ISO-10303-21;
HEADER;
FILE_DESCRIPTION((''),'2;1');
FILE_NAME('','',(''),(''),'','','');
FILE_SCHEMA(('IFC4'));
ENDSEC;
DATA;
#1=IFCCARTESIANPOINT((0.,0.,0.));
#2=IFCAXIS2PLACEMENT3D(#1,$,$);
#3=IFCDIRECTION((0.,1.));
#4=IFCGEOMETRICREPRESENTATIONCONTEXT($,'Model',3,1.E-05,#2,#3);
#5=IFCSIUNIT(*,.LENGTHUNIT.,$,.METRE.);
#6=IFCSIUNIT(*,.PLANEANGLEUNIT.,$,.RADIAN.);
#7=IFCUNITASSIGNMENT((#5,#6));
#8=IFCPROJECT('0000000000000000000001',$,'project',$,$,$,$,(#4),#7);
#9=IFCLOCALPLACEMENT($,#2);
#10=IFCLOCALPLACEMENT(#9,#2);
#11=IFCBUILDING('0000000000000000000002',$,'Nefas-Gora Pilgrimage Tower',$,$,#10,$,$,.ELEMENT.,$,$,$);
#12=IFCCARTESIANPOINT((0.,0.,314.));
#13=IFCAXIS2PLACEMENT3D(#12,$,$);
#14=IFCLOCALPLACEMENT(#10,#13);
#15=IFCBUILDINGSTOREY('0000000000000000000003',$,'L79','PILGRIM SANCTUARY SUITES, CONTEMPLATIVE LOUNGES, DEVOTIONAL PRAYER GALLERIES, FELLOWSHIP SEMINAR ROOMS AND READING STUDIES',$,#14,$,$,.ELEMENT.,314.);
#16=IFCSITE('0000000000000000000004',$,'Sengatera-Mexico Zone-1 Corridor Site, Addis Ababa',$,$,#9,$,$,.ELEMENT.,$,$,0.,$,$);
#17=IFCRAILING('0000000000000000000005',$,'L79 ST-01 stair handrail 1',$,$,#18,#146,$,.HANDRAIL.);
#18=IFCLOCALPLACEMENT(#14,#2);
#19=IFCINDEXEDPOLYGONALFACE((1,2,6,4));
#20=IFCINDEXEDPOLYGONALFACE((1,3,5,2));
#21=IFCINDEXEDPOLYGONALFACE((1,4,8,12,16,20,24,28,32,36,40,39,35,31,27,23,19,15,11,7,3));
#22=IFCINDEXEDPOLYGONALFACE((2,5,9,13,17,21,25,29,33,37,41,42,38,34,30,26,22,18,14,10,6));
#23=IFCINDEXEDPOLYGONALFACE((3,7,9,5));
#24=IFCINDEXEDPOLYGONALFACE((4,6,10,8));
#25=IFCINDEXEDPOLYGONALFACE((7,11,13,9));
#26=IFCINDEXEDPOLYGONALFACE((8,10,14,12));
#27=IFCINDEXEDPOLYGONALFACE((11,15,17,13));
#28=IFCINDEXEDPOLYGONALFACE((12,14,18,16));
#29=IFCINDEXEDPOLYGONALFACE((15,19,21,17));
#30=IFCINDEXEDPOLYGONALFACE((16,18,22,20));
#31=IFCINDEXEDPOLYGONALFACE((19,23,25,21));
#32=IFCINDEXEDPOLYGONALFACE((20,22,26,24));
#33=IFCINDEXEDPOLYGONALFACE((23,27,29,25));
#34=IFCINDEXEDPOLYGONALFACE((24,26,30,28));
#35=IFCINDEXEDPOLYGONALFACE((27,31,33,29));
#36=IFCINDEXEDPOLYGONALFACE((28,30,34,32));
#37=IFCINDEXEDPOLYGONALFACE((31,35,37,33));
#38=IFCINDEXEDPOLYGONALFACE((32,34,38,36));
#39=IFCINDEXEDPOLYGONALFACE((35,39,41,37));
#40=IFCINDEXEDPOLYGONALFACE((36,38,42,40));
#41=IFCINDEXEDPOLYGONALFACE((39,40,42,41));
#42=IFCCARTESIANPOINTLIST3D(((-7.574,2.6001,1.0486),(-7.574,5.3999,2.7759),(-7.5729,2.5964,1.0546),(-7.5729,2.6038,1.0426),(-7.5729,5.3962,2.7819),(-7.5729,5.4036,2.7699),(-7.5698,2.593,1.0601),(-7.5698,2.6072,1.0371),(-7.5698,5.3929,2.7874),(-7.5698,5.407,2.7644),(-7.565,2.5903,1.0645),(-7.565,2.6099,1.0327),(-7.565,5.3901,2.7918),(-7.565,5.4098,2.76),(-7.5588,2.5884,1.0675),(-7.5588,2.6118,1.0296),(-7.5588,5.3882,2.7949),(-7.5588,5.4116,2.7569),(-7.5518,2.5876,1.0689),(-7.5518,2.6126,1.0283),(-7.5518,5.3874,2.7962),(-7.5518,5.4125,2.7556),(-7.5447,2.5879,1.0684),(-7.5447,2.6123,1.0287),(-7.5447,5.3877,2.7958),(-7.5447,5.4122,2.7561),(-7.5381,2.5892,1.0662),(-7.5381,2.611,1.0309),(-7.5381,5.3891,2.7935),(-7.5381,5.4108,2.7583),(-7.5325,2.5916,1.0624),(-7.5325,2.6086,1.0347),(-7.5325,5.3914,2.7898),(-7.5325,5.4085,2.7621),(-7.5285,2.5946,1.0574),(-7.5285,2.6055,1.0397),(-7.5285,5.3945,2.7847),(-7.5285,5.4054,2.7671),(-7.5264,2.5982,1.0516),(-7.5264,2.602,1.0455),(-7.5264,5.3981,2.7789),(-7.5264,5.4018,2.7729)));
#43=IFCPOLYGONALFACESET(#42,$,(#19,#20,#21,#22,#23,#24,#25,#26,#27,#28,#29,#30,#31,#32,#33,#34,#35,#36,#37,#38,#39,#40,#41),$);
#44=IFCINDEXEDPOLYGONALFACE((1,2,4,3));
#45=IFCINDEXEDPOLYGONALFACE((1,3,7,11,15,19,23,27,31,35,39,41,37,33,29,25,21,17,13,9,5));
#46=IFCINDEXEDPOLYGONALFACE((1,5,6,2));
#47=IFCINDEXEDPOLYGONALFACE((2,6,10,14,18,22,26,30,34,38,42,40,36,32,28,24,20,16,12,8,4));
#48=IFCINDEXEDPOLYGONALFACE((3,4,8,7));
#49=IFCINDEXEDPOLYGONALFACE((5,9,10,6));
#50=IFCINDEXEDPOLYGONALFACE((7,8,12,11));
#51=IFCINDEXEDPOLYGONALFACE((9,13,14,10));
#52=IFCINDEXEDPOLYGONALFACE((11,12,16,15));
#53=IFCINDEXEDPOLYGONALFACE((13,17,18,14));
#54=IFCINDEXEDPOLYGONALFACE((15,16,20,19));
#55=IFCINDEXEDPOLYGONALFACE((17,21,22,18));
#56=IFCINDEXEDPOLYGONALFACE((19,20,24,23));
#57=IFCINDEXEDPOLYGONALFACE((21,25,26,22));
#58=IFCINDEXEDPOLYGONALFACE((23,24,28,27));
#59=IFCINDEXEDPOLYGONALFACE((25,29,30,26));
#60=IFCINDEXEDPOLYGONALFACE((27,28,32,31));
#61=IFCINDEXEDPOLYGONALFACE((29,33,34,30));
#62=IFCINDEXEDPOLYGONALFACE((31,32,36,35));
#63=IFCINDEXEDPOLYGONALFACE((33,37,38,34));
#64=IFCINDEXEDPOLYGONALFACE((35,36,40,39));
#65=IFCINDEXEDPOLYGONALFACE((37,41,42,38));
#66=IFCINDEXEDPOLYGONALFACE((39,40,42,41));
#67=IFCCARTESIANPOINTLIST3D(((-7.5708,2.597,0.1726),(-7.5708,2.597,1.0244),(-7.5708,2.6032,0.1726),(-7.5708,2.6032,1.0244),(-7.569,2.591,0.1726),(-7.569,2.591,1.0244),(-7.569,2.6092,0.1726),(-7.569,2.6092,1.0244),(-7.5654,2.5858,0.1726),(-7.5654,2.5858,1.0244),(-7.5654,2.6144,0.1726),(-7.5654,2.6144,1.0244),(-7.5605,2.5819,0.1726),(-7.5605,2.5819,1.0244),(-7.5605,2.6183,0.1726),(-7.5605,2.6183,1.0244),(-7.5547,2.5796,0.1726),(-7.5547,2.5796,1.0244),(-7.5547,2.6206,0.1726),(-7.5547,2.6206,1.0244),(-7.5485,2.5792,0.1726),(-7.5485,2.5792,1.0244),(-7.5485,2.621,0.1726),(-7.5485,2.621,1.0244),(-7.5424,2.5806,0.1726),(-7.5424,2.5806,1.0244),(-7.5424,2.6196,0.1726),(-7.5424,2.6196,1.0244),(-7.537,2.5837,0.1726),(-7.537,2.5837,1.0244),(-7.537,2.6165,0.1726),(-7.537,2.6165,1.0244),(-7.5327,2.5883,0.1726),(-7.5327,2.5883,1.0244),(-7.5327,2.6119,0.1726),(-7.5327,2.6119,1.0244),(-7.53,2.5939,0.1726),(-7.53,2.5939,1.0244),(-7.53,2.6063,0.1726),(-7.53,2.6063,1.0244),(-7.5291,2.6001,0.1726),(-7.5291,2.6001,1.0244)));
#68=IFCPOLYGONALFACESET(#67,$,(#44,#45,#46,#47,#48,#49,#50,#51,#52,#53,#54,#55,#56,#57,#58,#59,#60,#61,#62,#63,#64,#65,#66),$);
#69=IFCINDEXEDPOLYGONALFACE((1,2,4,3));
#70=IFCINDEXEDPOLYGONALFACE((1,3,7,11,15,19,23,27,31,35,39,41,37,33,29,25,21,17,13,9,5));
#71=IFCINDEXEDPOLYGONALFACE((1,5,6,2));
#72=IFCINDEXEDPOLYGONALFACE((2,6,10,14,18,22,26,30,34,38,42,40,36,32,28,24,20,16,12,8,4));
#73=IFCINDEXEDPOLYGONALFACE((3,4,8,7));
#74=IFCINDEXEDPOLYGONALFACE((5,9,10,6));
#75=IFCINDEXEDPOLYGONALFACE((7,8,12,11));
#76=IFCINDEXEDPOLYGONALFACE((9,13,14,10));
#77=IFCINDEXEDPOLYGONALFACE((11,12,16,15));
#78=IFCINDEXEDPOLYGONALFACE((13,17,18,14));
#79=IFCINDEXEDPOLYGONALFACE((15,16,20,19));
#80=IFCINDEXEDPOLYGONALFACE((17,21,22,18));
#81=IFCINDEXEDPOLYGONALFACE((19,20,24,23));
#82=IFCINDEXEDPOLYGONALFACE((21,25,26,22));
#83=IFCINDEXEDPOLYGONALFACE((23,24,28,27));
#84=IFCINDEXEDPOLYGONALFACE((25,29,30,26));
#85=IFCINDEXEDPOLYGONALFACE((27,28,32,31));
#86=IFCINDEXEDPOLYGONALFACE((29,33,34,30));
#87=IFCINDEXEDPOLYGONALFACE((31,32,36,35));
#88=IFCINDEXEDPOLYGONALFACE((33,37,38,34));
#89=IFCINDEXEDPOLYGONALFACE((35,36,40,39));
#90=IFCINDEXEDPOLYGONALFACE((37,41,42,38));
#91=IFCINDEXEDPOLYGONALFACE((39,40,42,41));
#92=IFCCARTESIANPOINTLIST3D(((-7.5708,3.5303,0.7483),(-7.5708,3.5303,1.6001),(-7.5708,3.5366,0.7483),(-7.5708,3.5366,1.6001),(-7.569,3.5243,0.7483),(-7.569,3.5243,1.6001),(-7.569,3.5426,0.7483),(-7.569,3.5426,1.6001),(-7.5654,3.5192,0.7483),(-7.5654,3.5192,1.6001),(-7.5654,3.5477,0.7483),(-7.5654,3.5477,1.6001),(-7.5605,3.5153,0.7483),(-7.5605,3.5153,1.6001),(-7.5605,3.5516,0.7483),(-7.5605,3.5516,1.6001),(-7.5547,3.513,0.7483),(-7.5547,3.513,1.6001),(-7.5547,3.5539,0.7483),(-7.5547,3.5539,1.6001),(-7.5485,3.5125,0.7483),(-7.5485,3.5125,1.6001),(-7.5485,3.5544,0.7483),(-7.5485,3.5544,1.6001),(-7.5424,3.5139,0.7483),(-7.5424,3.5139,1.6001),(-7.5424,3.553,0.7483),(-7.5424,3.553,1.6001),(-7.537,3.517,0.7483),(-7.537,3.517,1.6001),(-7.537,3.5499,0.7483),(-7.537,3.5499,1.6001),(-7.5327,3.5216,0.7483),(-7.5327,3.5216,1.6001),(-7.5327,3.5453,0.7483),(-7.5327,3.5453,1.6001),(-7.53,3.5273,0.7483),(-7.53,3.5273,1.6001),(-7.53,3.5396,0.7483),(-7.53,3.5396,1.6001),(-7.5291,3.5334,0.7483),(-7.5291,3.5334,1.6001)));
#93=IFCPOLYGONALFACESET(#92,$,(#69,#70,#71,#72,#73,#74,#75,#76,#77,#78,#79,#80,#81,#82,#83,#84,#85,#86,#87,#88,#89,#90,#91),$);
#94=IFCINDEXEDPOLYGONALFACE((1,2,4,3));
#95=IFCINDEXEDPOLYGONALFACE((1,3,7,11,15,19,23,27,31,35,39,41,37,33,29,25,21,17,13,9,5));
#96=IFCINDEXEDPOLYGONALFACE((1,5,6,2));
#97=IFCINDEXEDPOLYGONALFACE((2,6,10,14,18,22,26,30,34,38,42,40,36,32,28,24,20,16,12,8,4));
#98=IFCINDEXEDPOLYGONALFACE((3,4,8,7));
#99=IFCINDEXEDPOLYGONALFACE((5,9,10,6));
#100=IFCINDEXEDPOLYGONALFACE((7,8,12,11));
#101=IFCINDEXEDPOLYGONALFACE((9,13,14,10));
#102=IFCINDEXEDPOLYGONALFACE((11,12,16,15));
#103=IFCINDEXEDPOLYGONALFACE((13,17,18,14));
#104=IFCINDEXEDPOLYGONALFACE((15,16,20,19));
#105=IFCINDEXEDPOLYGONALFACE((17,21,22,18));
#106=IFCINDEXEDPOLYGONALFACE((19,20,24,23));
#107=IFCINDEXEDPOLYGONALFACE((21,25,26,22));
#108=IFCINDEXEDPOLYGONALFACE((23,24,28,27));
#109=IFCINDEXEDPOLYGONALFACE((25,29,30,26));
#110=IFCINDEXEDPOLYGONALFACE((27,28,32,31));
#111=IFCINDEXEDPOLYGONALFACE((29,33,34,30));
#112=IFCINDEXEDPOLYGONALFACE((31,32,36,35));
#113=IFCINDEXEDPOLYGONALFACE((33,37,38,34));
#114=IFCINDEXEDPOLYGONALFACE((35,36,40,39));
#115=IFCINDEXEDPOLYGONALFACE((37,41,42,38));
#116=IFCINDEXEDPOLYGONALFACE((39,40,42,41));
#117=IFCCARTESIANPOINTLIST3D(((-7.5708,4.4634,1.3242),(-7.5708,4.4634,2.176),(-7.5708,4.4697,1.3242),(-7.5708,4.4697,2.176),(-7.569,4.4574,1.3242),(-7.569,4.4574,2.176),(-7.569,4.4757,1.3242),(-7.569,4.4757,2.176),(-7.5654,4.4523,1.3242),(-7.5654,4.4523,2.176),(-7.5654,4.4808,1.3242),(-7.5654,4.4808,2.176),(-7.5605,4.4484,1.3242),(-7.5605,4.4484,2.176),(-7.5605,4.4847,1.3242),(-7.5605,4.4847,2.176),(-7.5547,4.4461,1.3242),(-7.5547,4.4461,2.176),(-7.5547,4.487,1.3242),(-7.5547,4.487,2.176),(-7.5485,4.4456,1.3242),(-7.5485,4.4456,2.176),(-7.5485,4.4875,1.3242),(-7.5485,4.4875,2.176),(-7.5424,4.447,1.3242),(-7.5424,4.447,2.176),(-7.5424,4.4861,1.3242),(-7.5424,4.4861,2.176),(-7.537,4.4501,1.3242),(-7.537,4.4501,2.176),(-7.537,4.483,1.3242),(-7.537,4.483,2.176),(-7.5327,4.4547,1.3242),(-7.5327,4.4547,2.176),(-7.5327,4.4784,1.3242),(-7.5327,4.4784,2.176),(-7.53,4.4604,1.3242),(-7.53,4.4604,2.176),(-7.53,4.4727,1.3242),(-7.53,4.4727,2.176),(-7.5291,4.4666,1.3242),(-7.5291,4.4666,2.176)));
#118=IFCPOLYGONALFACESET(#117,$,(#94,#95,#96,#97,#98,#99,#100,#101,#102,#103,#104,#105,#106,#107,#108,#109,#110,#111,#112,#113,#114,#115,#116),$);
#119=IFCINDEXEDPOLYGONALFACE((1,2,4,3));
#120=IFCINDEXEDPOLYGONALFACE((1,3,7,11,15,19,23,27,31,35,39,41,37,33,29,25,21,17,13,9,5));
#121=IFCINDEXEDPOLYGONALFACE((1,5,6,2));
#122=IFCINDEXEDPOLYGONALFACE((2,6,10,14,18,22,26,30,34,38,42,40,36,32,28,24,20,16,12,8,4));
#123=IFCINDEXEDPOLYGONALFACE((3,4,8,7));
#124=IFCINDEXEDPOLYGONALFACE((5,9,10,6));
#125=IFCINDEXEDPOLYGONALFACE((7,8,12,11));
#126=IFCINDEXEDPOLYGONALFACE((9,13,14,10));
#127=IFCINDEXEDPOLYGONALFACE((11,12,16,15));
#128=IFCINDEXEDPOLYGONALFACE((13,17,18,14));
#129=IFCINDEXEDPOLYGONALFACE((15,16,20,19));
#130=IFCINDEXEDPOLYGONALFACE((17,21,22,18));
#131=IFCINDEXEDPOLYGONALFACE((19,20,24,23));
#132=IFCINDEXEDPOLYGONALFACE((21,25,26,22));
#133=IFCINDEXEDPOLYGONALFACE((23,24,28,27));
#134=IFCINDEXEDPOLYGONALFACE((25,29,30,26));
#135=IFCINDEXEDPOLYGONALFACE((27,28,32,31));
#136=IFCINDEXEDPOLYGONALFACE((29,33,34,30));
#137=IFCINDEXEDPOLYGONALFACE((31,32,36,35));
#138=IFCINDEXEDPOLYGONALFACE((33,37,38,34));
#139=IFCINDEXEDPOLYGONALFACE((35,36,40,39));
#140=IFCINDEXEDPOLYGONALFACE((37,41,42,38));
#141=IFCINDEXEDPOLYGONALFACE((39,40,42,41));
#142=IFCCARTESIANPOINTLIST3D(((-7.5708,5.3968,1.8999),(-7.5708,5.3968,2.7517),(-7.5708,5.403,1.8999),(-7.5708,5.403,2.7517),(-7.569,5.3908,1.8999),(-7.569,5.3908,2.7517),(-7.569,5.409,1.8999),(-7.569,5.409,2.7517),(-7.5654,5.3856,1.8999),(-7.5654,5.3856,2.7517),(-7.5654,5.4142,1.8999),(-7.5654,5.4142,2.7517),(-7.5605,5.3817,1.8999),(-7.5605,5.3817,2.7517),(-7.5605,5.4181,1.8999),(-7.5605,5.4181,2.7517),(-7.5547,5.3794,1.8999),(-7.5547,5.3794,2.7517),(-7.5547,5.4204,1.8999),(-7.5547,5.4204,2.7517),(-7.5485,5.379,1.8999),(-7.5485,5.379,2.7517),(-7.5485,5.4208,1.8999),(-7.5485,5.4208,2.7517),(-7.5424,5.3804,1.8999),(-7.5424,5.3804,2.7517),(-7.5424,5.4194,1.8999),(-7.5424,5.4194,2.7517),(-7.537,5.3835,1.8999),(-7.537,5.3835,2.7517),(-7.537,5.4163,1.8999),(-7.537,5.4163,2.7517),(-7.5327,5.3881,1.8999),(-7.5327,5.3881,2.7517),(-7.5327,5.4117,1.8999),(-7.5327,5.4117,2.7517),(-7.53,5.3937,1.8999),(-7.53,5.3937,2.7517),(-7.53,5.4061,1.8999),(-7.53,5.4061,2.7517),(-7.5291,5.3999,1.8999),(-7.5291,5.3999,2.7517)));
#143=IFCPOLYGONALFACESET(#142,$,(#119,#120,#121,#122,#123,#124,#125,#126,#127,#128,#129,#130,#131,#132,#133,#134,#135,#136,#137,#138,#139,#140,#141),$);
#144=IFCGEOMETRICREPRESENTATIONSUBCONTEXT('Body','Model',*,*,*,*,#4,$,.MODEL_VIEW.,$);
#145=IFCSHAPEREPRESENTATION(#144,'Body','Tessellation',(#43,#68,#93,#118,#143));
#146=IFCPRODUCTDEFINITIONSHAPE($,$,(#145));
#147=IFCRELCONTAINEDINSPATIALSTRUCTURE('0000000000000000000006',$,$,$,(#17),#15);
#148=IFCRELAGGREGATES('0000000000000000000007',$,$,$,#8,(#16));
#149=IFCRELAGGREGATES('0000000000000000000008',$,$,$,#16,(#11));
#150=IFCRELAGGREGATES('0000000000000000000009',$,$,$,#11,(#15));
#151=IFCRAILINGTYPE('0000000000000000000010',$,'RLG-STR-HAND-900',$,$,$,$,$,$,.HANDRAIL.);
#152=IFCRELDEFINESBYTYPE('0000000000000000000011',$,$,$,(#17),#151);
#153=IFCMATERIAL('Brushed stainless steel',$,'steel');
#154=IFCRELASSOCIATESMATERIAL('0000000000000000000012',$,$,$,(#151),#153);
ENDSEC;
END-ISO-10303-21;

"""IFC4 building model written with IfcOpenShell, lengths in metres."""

from ifc_helpers import new_model, si_unit, direction, frame, origin, origin_2d, place, context, subcontext, project, spatial, circle, extrude, material, type_object, element, save


model = new_model("IFC4")

# Units and contexts
model_context = context("Model", 3, precision=1e-05, world=origin(), true_north=direction((0.0, 1.0)))
body_context = subcontext(model_context, "Body", "Model", "MODEL_VIEW")
ifc_project = project(units=[si_unit("LENGTHUNIT", "METRE"), si_unit("PLANEANGLEUNIT", "RADIAN")], contexts=[model_context])

# Site, building, storey
site_placement = place(None, origin())
site = spatial("IfcSite", under=ifc_project, at=site_placement, Name="Sengatera-Mexico Zone-1 Corridor Site, Addis Ababa", CompositionType="ELEMENT", RefElevation=0.0)
building_placement = place(site_placement, origin())
building = spatial("IfcBuilding", under=site, at=building_placement, Name="Nefas-Gora Pilgrimage Tower", CompositionType="ELEMENT")
storey_placement = place(building_placement, frame((0.0, 0.0, 314.0)))
storey = spatial("IfcBuildingStorey", under=building, at=storey_placement, Name="L79", Description="PILGRIM SANCTUARY SUITES, CONTEMPLATIVE LOUNGES, DEVOTIONAL PRAYER GALLERIES, FELLOWSHIP SEMINAR ROOMS AND READING STUDIES", CompositionType="ELEMENT", Elevation=314.0)

# Railing
ifc_material_1 = material(Name="Brushed stainless steel", Category="steel")
railing_type_1 = type_object("IfcRailingType", Name="RLG-STR-HAND-900", PredefinedType="HANDRAIL", material=ifc_material_1)
railing_1_placement = place(storey_placement, frame((-7.55, 2.6001, 0.1726)))
element("IfcRailing", 1, at=railing_1_placement, inside=storey, type_object=railing_type_1, Name="L79 ST-01 stair handrail 1", PredefinedType="HANDRAIL", context=body_context, shape_type="SweptSolid", body=[
    extrude(circle(Radius=0.0239, at=origin_2d()), frame((0.0, 0.0, 0.876), z_axis=(0.0, 0.851069, 0.525054), x_axis=(-1.0, 0.0, 0.0)), (0.0, 0.0, 1.0), 3.2898),
    extrude(circle(Radius=0.021, at=origin_2d()), origin(), (0.0, 0.0, 1.0), 0.8518),
    extrude(circle(Radius=0.021, at=origin_2d()), frame((0.0, 0.9333, 0.5757)), (0.0, 0.0, 1.0), 0.8518),
    extrude(circle(Radius=0.021, at=origin_2d()), frame((0.0, 1.8665, 1.1516)), (0.0, 0.0, 1.0), 0.8518),
    extrude(circle(Radius=0.021, at=origin_2d()), frame((0.0, 2.7998, 1.7273)), (0.0, 0.0, 1.0), 0.8518),
])

save(model, "model.ifc")
